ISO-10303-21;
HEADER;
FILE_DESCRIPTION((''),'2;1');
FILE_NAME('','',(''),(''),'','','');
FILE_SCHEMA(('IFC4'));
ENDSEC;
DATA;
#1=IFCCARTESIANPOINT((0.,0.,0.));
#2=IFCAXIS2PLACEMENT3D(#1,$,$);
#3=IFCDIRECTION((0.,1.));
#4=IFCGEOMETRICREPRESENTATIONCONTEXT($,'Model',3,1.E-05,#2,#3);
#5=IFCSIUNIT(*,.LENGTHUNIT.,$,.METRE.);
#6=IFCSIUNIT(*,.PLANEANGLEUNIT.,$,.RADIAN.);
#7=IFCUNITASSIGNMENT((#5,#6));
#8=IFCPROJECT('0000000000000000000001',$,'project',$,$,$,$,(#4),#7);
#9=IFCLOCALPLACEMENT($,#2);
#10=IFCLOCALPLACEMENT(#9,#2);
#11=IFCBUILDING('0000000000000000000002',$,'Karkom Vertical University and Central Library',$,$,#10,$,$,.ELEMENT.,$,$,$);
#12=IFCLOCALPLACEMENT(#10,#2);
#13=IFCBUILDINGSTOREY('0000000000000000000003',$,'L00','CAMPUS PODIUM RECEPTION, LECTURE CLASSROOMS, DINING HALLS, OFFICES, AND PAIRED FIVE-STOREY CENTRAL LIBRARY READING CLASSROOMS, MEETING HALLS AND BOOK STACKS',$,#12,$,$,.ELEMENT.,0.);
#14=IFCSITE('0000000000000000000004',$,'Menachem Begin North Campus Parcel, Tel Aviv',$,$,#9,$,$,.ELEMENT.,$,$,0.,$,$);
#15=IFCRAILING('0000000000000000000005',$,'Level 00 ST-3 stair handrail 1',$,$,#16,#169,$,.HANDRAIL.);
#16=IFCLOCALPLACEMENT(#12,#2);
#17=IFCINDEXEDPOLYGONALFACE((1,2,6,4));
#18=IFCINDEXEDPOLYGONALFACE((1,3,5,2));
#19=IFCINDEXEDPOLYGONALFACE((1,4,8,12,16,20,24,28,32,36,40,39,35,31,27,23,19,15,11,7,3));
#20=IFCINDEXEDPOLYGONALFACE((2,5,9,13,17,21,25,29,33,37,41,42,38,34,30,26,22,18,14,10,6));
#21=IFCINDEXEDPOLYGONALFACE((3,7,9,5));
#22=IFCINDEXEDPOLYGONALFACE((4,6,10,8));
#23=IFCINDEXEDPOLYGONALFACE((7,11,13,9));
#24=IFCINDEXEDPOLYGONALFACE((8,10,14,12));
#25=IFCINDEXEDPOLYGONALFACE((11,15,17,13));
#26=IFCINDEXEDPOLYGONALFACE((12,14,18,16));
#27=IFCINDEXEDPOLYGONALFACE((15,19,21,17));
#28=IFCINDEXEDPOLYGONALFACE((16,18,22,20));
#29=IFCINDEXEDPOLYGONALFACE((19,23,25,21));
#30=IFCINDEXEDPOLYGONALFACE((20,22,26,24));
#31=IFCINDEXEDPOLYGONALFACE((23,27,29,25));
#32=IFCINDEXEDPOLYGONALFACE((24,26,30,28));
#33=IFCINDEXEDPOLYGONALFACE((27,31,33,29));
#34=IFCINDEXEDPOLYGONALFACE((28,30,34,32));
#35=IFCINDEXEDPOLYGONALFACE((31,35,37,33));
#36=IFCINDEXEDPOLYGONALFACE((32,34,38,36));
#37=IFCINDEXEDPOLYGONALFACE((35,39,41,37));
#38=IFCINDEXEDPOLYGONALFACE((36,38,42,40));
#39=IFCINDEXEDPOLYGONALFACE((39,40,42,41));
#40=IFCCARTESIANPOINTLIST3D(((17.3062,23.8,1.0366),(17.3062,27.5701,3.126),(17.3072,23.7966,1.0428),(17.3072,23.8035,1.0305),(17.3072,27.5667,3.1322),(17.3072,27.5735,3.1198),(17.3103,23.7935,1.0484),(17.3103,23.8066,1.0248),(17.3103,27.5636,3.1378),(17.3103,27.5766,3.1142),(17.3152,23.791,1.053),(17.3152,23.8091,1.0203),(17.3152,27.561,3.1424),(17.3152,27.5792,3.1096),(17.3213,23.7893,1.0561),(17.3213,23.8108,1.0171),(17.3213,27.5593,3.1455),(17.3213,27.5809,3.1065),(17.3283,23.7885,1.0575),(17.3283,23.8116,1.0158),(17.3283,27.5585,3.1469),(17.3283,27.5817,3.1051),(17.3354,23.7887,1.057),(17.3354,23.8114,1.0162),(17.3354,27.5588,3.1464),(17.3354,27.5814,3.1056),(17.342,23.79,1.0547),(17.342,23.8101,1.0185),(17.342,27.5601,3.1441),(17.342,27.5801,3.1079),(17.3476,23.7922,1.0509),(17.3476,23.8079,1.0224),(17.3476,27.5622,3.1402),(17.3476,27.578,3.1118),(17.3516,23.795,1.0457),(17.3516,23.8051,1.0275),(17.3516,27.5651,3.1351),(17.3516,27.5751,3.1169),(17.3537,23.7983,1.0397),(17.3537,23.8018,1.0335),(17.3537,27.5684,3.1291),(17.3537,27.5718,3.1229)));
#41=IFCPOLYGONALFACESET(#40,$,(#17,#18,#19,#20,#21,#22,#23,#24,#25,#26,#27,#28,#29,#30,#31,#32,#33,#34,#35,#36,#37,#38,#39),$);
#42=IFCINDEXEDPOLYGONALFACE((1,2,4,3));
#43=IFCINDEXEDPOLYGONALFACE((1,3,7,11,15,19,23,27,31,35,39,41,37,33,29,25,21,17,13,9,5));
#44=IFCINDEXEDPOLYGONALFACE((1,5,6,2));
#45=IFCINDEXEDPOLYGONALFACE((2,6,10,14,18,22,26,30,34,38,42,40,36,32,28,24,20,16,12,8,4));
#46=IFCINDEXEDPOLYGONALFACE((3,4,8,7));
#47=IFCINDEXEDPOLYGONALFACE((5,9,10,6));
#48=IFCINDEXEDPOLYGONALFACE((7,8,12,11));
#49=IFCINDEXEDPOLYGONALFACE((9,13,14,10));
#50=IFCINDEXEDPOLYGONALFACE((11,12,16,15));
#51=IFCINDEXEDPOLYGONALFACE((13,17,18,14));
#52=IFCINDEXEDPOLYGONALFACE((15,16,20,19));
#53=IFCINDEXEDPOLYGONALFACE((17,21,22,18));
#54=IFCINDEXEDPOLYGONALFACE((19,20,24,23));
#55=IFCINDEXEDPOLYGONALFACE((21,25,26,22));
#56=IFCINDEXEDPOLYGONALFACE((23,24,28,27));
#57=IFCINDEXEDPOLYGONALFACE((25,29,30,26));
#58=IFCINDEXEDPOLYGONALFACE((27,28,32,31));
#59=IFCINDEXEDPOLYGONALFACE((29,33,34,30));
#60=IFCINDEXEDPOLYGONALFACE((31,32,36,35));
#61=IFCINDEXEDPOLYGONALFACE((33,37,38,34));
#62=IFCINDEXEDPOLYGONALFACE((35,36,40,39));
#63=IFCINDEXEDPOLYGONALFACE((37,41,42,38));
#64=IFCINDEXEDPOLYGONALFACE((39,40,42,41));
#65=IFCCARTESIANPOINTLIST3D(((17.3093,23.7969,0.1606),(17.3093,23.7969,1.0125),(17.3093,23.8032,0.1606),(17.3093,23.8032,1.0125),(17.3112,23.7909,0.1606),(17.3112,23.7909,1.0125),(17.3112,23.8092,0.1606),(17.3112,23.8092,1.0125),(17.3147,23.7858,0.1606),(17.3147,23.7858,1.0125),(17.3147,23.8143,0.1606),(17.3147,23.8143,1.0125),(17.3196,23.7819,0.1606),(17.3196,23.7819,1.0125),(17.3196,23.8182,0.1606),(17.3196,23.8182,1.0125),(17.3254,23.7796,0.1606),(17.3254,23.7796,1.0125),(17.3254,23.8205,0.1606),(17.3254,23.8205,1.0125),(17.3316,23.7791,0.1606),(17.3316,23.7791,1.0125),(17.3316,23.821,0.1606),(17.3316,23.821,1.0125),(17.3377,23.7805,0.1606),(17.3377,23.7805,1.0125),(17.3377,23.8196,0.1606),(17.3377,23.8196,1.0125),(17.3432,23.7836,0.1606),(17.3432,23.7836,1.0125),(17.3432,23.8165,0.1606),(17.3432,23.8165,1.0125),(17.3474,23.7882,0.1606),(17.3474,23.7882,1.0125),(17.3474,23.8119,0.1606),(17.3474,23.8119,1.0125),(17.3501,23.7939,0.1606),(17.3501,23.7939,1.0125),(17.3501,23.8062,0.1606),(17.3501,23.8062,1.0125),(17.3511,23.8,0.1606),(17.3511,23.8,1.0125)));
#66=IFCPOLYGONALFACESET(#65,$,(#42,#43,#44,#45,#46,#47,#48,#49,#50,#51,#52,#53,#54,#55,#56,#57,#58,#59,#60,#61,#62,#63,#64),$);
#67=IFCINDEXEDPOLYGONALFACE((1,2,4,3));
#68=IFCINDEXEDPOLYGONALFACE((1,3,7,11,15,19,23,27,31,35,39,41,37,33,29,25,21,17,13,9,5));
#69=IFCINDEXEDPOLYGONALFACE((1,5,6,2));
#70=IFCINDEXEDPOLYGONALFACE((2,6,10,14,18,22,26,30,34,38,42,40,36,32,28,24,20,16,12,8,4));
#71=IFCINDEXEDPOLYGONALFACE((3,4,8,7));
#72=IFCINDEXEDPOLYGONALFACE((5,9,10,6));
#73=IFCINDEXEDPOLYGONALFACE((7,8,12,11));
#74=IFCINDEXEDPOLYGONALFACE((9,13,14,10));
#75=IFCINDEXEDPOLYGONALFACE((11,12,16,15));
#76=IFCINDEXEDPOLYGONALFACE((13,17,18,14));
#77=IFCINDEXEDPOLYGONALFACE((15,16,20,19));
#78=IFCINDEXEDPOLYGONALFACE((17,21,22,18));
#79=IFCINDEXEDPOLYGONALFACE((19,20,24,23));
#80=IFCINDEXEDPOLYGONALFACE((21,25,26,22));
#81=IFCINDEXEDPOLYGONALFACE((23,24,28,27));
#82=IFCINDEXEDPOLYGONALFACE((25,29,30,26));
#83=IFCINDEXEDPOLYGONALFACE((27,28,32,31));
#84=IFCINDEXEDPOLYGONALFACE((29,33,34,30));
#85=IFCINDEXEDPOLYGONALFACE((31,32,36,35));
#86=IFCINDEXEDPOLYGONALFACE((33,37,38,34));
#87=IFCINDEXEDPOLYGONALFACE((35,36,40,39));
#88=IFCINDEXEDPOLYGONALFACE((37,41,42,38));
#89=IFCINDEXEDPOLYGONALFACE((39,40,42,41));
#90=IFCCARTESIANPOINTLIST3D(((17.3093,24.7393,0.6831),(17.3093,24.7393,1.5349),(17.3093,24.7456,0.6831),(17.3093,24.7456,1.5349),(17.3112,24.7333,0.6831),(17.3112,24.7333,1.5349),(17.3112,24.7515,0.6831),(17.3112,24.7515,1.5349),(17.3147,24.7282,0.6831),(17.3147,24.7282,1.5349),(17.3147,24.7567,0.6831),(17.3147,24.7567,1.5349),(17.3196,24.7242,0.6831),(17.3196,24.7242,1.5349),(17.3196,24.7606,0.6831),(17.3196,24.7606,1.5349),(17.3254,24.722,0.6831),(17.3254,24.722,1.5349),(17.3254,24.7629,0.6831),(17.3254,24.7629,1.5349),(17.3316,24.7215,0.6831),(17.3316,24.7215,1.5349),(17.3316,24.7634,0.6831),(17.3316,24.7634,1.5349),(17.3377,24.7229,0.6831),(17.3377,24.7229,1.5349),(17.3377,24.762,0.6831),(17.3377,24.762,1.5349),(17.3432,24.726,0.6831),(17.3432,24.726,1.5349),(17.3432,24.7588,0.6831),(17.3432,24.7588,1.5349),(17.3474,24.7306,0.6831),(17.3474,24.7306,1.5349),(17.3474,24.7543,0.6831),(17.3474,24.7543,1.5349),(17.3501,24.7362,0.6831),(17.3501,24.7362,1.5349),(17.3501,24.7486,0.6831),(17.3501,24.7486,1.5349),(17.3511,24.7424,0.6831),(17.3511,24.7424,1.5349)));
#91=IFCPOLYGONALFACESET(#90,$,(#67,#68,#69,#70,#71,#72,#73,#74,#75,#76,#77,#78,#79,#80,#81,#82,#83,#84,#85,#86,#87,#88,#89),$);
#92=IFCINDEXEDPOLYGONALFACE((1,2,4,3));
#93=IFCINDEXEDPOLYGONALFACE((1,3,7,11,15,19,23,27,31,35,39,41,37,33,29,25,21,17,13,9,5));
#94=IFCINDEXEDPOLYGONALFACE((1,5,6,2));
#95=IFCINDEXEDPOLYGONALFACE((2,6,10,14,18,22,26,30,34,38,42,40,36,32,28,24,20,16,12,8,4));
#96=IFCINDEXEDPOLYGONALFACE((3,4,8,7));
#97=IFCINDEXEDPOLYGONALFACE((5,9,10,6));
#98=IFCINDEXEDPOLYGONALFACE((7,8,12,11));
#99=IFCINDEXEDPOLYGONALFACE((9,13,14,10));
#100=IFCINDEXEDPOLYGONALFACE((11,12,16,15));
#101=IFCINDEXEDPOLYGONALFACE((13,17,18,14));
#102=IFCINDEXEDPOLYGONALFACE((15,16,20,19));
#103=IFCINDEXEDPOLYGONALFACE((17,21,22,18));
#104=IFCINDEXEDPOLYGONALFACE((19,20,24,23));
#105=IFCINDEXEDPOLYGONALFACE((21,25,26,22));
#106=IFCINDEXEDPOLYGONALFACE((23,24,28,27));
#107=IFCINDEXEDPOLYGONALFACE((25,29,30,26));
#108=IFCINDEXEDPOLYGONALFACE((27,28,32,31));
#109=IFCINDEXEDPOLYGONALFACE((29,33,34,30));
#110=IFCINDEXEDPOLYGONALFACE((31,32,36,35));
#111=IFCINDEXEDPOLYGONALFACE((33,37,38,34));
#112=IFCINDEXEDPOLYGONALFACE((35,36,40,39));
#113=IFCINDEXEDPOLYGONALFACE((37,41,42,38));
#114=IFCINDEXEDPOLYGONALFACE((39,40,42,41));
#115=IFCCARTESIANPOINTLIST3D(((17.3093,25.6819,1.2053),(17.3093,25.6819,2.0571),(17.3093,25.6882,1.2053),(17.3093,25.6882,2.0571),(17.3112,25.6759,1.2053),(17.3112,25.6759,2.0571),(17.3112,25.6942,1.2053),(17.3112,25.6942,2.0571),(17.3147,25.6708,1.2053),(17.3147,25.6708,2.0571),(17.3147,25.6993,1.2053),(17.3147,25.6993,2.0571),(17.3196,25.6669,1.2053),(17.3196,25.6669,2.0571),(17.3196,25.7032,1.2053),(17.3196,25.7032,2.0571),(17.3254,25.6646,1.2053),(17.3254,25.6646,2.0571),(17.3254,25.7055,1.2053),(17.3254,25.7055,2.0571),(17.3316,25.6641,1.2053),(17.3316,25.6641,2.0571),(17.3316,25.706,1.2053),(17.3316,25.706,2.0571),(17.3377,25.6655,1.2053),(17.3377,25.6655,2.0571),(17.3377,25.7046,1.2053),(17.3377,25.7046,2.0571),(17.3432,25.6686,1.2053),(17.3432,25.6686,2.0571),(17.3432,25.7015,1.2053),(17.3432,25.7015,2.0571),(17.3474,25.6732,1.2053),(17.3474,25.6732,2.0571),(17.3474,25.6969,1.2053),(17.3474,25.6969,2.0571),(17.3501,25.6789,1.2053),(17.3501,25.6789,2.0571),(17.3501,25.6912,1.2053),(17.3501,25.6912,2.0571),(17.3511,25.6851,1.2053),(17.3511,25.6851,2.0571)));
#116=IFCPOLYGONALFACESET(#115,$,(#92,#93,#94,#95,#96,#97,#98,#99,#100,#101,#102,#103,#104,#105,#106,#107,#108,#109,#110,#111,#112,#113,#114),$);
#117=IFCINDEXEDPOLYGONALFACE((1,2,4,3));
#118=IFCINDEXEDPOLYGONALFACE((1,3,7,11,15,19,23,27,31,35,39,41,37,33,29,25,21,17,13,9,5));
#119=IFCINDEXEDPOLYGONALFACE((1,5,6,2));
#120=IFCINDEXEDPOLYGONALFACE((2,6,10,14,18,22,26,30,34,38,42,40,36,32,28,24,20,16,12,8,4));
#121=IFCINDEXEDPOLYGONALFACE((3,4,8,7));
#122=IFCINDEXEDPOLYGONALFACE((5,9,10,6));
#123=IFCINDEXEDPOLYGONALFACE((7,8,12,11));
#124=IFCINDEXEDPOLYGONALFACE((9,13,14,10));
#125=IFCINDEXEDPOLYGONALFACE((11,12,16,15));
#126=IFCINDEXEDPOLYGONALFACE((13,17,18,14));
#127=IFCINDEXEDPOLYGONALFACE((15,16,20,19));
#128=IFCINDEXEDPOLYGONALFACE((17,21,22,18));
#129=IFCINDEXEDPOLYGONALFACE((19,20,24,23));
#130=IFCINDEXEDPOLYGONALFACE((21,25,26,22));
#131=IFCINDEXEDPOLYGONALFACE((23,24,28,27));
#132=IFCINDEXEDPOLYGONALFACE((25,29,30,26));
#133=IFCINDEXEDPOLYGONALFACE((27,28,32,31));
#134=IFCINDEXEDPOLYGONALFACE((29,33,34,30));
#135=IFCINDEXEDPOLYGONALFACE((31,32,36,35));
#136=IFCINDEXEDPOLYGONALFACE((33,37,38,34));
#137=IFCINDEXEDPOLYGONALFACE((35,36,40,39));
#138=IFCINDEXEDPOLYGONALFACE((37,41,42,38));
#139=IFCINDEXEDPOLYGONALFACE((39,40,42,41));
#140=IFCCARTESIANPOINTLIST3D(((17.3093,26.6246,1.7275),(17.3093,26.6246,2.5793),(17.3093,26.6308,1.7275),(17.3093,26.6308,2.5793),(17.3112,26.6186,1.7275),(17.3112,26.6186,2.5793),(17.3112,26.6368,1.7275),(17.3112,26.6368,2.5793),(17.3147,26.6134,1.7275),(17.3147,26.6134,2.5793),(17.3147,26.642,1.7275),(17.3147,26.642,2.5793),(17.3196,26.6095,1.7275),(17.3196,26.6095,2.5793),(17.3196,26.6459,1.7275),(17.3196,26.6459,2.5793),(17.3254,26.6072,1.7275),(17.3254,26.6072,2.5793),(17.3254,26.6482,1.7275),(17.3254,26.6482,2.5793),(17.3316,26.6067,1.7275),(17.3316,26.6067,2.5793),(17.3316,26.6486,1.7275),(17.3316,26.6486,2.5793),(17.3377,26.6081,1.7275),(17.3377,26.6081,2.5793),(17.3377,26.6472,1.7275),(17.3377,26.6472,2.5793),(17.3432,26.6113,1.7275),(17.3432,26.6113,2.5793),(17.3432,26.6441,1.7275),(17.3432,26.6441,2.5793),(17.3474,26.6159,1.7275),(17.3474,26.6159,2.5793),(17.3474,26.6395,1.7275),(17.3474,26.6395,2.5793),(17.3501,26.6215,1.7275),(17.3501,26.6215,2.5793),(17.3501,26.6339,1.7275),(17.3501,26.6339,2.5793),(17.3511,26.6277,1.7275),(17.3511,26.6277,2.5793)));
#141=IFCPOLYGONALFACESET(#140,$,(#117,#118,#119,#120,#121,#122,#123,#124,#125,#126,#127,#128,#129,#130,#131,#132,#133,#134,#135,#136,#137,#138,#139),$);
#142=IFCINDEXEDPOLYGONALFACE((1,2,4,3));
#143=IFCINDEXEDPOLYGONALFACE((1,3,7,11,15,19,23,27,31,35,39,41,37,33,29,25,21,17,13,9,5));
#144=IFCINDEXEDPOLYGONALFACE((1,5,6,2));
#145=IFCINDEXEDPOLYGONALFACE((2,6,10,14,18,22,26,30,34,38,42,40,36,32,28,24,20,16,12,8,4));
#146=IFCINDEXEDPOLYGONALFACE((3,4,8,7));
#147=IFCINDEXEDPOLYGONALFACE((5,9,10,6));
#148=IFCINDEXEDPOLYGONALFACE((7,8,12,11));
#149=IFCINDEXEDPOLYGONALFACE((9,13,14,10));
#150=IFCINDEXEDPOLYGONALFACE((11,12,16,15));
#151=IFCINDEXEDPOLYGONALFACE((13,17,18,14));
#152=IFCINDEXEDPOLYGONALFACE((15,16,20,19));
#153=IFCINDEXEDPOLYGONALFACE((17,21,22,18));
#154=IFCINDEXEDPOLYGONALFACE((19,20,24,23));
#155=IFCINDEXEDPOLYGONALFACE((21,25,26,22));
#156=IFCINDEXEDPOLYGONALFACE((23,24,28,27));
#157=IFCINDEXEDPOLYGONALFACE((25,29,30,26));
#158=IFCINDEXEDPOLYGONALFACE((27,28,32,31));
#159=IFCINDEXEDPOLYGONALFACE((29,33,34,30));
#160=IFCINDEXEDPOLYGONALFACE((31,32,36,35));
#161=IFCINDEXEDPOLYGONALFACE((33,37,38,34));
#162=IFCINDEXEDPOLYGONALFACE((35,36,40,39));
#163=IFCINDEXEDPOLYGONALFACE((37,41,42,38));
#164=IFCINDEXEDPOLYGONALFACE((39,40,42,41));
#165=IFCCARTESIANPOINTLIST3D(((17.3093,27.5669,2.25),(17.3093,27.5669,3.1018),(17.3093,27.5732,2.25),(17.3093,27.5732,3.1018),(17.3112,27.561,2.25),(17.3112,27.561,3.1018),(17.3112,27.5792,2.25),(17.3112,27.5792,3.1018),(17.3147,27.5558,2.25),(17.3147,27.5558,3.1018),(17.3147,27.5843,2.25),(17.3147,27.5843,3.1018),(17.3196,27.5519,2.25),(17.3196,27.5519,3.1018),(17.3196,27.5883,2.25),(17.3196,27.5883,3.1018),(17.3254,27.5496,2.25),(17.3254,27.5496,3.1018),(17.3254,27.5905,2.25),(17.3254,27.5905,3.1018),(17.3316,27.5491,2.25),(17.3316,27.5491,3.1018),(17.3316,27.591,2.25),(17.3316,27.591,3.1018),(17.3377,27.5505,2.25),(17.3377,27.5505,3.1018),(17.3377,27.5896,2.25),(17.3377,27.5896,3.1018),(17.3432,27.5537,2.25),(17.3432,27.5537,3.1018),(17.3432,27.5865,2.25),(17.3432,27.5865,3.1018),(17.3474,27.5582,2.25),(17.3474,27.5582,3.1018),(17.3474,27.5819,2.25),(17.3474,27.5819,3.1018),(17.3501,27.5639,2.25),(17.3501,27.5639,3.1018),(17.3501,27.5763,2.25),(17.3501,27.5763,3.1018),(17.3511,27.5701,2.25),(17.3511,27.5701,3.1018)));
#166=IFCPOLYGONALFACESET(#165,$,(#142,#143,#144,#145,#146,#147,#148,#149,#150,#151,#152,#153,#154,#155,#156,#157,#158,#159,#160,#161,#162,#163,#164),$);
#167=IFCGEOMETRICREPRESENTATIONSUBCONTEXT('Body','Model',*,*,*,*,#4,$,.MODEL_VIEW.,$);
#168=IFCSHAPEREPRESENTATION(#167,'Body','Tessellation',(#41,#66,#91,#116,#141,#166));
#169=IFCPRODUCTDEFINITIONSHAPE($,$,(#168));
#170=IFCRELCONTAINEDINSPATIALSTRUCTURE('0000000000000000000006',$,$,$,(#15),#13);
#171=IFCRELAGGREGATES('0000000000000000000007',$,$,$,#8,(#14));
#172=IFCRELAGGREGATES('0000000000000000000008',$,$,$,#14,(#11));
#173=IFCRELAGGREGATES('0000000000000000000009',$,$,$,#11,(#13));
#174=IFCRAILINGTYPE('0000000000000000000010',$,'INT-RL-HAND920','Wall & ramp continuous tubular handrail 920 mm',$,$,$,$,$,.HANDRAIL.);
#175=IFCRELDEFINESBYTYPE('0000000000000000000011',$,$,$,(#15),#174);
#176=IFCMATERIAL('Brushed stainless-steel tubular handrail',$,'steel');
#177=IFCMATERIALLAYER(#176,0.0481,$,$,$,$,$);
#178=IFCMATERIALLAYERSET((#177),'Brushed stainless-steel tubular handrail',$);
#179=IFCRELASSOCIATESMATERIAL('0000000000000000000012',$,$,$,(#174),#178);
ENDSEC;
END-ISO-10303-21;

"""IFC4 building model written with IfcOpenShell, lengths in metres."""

from ifc_helpers import new_model, si_unit, direction, frame, origin, origin_2d, place, context, subcontext, project, spatial, circle, extrude, material, layer, layer_set, type_object, element, save


model = new_model("IFC4")

# Units and contexts
model_context = context("Model", 3, precision=1e-05, world=origin(), true_north=direction((0.0, 1.0)))
body_context = subcontext(model_context, "Body", "Model", "MODEL_VIEW")
ifc_project = project(units=[si_unit("LENGTHUNIT", "METRE"), si_unit("PLANEANGLEUNIT", "RADIAN")], contexts=[model_context])

# Site, building, storey
site_placement = place(None, origin())
site = spatial("IfcSite", under=ifc_project, at=site_placement, Name="Menachem Begin North Campus Parcel, Tel Aviv", CompositionType="ELEMENT", RefElevation=0.0)
building_placement = place(site_placement, origin())
building = spatial("IfcBuilding", under=site, at=building_placement, Name="Karkom Vertical University and Central Library", CompositionType="ELEMENT")
storey_placement = place(building_placement, origin())
storey = spatial("IfcBuildingStorey", under=building, at=storey_placement, Name="L00", Description="CAMPUS PODIUM RECEPTION, LECTURE CLASSROOMS, DINING HALLS, OFFICES, AND PAIRED FIVE-STOREY CENTRAL LIBRARY READING CLASSROOMS, MEETING HALLS AND BOOK STACKS", CompositionType="ELEMENT", Elevation=0.0)

# Railing
ifc_material_1 = material(Name="Brushed stainless-steel tubular handrail", Category="steel")
ifc_layer_1 = layer(ifc_material_1, 0.0481)
ifc_layer_set_1 = layer_set([ifc_layer_1], Name="Brushed stainless-steel tubular handrail")
railing_type_1 = type_object("IfcRailingType", Name="INT-RL-HAND920", Description="Wall & ramp continuous tubular handrail 920 mm", PredefinedType="HANDRAIL", material=ifc_layer_set_1)
railing_1_placement = place(storey_placement, frame((17.3301, 23.8, 0.1606)))
element("IfcRailing", 1, at=railing_1_placement, inside=storey, type_object=railing_type_1, Name="Level 00 ST-3 stair handrail 1", PredefinedType="HANDRAIL", context=body_context, shape_type="SweptSolid", body=[
    extrude(circle(Radius=0.0239, at=origin_2d()), frame((0.0, 0.0, 0.876), z_axis=(0.0, 0.874659, 0.484739), x_axis=(-1.0, 0.0, 0.0)), (0.0, 0.0, 1.0), 4.3103),
    extrude(circle(Radius=0.021, at=origin_2d()), origin(), (0.0, 0.0, 1.0), 0.8518),
    extrude(circle(Radius=0.021, at=origin_2d()), frame((0.0, 0.9424, 0.5225)), (0.0, 0.0, 1.0), 0.8518),
    extrude(circle(Radius=0.021, at=origin_2d()), frame((0.0, 1.885, 1.0447)), (0.0, 0.0, 1.0), 0.8518),
    extrude(circle(Radius=0.021, at=origin_2d()), frame((0.0, 2.8276, 1.5669)), (0.0, 0.0, 1.0), 0.8518),
    extrude(circle(Radius=0.021, at=origin_2d()), frame((0.0, 3.77, 2.0894)), (0.0, 0.0, 1.0), 0.8518),
])

save(model, "model.ifc")
